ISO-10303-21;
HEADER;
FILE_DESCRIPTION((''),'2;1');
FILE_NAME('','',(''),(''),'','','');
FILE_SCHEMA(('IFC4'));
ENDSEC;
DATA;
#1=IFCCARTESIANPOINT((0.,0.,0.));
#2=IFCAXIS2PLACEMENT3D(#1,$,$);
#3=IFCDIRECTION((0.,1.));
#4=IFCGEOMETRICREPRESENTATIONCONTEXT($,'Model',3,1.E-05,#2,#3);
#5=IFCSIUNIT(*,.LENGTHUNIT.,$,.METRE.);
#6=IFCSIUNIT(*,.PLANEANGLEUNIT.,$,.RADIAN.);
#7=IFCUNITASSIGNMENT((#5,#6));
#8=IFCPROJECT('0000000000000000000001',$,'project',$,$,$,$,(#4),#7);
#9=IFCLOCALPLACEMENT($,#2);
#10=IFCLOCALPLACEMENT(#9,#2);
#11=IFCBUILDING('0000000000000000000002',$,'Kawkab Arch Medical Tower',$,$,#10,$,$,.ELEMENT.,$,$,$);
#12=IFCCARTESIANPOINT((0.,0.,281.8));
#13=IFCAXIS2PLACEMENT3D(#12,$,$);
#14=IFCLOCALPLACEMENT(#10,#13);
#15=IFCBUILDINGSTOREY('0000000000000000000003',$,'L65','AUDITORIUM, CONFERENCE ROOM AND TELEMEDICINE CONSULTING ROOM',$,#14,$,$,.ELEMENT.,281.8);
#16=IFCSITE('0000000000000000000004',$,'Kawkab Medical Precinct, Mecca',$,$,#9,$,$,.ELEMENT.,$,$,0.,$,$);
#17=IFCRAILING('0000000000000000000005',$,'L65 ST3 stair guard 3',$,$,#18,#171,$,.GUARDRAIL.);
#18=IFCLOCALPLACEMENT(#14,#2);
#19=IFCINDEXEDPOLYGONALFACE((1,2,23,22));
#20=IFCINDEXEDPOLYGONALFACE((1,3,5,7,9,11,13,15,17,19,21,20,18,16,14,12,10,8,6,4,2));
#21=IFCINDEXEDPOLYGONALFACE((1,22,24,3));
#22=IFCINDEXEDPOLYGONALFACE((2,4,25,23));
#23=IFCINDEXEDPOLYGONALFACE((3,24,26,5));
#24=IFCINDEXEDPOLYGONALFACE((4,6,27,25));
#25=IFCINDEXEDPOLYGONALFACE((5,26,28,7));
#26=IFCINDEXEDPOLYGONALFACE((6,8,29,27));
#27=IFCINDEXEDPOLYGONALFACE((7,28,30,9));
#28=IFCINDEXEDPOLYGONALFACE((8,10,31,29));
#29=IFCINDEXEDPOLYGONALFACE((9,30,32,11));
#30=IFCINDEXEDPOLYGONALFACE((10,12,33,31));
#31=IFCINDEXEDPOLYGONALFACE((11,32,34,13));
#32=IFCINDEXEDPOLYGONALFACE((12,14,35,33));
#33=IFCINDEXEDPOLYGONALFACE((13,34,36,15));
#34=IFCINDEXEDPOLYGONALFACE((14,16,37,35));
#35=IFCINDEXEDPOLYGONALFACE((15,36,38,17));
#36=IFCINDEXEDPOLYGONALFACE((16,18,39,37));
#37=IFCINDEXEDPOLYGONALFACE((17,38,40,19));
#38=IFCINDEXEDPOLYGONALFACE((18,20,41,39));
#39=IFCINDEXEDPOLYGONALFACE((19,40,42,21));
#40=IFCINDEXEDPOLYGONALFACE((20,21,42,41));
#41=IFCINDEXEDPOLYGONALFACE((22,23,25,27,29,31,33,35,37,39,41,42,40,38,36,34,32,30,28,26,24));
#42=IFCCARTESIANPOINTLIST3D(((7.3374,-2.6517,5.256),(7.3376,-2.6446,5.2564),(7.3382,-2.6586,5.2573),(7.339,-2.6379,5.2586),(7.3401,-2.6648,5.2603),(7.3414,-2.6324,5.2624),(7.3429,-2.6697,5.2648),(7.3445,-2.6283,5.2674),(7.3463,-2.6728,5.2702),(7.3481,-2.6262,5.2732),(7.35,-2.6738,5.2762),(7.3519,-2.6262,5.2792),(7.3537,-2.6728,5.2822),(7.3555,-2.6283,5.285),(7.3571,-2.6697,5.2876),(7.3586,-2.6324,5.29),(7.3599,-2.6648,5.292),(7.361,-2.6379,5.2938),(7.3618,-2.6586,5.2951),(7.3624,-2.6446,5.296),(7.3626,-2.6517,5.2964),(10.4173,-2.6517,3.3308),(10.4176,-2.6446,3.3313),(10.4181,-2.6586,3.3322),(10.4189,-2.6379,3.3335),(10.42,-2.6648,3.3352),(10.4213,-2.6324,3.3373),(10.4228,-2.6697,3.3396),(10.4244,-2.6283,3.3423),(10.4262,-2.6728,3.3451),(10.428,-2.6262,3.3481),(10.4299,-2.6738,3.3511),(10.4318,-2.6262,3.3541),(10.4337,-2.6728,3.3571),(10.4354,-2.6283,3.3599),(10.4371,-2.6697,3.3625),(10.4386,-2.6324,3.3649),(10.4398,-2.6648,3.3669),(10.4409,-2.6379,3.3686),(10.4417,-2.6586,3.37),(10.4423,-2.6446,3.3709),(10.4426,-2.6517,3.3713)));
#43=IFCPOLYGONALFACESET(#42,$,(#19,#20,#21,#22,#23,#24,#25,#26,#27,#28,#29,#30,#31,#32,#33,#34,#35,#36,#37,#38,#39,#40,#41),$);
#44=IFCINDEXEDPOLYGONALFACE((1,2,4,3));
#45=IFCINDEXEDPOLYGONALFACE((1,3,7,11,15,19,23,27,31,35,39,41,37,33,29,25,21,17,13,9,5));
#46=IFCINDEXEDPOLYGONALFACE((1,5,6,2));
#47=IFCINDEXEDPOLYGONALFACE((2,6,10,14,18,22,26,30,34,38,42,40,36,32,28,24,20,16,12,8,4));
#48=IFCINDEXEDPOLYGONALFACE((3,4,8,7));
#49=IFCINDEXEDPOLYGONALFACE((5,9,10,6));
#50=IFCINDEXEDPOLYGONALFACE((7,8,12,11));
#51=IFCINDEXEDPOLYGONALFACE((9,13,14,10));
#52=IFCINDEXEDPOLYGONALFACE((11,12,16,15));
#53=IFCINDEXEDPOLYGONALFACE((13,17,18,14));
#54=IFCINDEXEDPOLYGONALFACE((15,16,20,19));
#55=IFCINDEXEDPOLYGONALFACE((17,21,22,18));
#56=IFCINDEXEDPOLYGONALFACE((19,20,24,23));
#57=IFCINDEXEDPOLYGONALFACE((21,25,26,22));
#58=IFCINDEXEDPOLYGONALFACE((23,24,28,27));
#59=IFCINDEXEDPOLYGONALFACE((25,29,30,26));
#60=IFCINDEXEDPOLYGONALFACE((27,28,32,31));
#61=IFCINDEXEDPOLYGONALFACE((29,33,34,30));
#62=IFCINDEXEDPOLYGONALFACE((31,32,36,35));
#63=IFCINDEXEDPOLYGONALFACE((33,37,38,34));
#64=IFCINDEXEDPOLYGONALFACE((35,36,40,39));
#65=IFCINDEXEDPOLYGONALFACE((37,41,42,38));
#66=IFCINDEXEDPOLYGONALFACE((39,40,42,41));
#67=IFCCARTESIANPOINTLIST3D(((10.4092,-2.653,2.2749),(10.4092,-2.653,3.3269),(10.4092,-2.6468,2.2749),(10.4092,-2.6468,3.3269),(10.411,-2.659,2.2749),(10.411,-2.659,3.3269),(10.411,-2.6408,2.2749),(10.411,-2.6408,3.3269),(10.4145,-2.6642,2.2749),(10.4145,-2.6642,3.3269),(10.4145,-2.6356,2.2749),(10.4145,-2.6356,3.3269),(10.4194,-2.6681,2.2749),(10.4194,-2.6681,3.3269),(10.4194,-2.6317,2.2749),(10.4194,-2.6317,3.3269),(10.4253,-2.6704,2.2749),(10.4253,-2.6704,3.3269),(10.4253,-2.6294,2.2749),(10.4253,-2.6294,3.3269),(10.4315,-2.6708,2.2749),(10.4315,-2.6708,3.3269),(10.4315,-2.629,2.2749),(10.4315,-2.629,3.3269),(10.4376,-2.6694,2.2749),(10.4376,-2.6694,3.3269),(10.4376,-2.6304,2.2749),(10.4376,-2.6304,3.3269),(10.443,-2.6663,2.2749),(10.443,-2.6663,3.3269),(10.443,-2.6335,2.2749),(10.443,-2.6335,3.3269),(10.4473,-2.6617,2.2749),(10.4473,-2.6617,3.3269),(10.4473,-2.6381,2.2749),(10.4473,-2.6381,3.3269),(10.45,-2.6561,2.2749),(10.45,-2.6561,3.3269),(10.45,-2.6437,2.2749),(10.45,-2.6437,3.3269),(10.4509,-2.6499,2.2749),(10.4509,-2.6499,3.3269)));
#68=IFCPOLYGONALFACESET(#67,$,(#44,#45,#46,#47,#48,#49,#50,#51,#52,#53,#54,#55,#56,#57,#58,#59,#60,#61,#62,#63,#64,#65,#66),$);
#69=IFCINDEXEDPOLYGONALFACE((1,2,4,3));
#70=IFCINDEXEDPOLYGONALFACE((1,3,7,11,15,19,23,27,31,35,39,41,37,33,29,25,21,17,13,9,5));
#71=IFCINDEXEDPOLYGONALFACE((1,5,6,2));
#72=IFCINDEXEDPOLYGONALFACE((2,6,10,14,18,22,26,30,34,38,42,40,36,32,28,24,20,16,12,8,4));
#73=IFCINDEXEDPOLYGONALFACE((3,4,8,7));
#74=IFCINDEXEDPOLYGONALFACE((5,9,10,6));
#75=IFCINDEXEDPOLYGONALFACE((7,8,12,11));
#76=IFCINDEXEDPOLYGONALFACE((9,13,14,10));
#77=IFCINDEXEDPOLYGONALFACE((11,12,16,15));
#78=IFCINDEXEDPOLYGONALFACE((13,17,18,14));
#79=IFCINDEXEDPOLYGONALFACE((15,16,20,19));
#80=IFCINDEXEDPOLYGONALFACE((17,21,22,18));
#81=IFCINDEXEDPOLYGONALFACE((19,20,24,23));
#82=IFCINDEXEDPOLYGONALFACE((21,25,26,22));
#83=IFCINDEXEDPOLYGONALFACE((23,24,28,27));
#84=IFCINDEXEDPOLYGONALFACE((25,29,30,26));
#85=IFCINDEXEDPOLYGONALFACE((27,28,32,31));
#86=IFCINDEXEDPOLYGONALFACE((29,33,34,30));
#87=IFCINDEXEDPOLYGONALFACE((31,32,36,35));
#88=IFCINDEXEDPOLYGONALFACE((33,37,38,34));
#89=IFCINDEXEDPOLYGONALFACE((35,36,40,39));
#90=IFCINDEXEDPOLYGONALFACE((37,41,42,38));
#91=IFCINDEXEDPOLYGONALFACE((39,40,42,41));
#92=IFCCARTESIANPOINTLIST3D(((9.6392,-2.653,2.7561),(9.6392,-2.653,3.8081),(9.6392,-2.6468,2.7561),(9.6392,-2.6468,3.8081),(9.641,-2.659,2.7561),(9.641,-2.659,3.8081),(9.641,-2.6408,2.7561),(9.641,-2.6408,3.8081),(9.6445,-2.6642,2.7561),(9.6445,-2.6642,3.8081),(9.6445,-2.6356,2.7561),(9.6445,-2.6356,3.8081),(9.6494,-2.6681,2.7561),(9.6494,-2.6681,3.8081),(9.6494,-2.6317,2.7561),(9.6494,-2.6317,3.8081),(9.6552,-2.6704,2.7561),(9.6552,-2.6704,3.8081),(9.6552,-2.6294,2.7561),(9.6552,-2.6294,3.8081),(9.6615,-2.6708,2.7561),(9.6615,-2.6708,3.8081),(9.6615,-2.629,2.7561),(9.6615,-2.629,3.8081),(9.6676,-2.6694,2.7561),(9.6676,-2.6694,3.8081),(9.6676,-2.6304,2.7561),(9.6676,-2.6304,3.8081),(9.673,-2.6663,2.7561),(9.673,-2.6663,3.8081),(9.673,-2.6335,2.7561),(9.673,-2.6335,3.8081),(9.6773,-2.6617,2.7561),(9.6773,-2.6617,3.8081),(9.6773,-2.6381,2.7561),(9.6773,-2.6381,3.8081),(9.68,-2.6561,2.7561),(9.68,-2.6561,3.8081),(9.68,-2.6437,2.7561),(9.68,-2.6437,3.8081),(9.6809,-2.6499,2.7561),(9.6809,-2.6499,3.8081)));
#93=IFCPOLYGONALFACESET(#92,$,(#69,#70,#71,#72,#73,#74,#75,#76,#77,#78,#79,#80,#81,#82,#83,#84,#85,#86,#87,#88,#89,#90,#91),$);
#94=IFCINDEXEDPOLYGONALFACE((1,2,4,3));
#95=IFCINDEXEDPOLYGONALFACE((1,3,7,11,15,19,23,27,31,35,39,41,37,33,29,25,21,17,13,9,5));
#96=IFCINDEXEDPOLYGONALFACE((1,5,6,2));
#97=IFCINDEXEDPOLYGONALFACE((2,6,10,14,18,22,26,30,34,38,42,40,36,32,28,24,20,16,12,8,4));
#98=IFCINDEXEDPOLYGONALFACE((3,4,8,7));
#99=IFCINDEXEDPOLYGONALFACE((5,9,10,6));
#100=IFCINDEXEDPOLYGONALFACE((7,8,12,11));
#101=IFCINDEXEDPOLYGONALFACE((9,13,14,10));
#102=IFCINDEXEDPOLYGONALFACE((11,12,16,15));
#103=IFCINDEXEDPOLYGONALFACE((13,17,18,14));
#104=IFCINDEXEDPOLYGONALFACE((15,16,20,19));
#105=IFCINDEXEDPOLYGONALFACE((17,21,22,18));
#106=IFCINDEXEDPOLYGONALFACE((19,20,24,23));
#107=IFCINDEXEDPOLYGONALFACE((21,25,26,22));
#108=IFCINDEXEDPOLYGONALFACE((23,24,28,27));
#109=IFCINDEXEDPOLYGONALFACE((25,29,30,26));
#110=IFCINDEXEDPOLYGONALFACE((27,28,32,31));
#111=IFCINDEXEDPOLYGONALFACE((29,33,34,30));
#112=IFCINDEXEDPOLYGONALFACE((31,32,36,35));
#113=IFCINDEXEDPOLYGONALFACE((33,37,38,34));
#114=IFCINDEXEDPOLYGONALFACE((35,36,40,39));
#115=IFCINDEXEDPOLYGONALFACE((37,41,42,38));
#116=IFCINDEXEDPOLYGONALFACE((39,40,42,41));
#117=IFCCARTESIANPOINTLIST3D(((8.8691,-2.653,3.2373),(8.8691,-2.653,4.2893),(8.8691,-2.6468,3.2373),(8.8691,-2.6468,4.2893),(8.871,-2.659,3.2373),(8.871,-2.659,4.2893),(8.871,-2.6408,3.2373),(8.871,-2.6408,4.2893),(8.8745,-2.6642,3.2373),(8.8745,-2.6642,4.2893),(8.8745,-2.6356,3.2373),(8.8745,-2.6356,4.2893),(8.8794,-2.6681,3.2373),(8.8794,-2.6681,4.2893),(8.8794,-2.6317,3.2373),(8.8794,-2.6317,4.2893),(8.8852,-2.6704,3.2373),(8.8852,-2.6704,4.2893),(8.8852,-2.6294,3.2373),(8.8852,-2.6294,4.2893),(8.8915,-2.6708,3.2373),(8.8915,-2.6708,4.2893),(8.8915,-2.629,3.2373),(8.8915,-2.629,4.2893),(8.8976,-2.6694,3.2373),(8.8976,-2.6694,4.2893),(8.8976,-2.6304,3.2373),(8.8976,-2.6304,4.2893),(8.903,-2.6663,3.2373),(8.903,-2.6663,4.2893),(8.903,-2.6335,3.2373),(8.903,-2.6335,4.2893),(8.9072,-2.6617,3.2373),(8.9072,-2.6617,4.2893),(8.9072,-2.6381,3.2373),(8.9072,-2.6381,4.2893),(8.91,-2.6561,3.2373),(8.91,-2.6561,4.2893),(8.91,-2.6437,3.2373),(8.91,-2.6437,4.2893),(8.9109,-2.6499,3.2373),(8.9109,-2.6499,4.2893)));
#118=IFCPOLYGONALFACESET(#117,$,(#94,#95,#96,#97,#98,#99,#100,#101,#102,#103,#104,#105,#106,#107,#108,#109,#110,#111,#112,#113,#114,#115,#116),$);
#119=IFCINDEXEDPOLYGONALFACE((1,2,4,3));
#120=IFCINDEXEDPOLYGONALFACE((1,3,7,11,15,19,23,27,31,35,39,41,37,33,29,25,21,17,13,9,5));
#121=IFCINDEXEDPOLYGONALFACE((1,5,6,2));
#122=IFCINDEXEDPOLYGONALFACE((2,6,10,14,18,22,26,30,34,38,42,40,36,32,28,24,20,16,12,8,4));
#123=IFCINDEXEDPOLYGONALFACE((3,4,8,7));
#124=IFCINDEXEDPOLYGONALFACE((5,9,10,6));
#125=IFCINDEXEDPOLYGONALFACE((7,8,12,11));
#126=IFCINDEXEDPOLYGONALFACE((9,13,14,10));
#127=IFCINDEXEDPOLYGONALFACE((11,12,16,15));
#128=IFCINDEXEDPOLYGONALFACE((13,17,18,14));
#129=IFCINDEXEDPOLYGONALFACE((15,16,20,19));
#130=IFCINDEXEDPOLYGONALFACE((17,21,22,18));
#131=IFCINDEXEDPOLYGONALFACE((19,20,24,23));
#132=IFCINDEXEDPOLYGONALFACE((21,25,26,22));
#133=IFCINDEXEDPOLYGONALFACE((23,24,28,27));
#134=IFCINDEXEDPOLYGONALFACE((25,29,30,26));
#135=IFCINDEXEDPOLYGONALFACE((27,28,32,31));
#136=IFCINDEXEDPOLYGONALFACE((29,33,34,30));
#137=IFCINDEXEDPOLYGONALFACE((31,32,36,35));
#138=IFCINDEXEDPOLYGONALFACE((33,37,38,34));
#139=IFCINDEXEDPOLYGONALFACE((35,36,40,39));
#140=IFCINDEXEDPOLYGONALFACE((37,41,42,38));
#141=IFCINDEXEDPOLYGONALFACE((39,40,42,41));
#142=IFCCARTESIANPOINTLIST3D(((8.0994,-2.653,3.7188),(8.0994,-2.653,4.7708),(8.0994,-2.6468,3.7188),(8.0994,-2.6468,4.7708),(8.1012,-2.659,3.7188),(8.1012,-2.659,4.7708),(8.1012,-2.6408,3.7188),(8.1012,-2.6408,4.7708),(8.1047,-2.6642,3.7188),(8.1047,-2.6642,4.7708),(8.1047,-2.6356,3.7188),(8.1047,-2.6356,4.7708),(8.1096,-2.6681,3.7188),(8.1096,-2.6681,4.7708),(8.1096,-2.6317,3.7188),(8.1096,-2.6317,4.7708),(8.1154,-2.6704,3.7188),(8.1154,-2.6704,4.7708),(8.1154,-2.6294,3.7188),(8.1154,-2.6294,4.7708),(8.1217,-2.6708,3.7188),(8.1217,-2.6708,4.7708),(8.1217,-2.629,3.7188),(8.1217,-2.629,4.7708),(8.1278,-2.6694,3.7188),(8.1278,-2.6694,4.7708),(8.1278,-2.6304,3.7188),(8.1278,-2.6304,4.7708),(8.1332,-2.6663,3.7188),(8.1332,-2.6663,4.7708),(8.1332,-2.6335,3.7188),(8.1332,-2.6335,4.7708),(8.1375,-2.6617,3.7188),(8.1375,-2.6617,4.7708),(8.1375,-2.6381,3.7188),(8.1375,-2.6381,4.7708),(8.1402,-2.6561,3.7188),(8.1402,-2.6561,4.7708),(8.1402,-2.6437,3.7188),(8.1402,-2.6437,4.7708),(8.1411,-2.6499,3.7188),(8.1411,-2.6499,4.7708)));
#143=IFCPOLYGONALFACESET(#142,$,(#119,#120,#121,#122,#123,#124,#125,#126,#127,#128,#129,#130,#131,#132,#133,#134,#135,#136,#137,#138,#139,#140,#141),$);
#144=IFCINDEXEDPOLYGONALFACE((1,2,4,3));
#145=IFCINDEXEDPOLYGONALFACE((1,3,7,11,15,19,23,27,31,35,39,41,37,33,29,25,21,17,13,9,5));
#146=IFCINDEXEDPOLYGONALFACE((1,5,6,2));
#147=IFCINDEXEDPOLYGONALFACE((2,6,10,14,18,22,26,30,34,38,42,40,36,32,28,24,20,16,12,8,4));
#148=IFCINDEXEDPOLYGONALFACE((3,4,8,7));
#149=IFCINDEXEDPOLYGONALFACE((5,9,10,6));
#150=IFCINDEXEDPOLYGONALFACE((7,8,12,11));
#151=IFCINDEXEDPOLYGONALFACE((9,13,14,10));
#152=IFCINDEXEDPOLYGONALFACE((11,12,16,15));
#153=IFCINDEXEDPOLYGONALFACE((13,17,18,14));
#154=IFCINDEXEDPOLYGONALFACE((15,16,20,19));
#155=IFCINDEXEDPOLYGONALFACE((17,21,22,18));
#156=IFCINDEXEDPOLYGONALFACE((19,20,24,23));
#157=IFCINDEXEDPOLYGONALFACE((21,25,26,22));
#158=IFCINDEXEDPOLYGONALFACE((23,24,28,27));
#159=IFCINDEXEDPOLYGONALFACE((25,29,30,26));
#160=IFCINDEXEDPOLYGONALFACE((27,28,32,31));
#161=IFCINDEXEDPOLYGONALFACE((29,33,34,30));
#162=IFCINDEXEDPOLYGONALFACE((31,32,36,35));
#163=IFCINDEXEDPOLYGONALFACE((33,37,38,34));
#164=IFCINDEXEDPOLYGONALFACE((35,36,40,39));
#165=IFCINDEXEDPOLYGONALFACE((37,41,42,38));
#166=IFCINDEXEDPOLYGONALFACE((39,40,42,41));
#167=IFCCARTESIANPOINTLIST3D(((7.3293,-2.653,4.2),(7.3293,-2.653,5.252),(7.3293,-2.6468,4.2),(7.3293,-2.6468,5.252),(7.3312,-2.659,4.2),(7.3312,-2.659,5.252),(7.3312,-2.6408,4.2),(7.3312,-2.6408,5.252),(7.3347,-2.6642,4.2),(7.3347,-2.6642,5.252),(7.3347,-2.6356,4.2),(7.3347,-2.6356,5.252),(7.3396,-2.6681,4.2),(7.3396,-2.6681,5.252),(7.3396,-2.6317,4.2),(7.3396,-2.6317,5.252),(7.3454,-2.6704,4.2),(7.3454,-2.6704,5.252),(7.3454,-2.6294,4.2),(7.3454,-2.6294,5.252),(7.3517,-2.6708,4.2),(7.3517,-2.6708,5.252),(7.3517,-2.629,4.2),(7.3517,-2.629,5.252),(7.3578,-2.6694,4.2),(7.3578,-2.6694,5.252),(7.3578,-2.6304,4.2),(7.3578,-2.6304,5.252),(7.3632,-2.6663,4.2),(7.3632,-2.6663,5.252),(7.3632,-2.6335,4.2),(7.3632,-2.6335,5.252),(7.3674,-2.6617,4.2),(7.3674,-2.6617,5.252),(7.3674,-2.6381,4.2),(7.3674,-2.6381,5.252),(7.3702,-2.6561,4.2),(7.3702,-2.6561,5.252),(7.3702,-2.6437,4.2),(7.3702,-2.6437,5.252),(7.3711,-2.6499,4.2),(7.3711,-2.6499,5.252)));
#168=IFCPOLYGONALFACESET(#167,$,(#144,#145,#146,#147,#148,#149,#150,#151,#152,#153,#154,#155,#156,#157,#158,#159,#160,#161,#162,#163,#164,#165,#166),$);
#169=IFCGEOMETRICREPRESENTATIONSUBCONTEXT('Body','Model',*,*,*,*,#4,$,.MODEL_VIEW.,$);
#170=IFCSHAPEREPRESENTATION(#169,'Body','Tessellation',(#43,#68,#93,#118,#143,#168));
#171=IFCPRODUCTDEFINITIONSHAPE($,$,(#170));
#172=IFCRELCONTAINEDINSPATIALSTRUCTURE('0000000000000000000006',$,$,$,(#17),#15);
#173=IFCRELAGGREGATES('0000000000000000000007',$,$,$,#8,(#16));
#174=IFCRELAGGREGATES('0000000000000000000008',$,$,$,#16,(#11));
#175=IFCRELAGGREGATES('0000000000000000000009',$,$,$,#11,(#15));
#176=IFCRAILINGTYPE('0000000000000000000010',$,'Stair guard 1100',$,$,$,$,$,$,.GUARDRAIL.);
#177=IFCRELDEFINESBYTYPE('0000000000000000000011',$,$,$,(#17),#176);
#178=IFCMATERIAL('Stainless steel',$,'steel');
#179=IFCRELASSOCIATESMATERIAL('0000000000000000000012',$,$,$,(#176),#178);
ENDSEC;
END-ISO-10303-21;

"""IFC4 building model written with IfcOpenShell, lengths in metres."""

from ifc_helpers import new_model, si_unit, direction, frame, origin, origin_2d, place, context, subcontext, project, spatial, circle, extrude, material, type_object, element, save


model = new_model("IFC4")

# Units and contexts
model_context = context("Model", 3, precision=1e-05, world=origin(), true_north=direction((0.0, 1.0)))
body_context = subcontext(model_context, "Body", "Model", "MODEL_VIEW")
ifc_project = project(units=[si_unit("LENGTHUNIT", "METRE"), si_unit("PLANEANGLEUNIT", "RADIAN")], contexts=[model_context])

# Site, building, storey
site_placement = place(None, origin())
site = spatial("IfcSite", under=ifc_project, at=site_placement, Name="Kawkab Medical Precinct, Mecca", CompositionType="ELEMENT", RefElevation=0.0)
building_placement = place(site_placement, origin())
building = spatial("IfcBuilding", under=site, at=building_placement, Name="Kawkab Arch Medical Tower", CompositionType="ELEMENT")
storey_placement = place(building_placement, frame((0.0, 0.0, 281.8)))
storey = spatial("IfcBuildingStorey", under=building, at=storey_placement, Name="L65", Description="AUDITORIUM, CONFERENCE ROOM AND TELEMEDICINE CONSULTING ROOM", CompositionType="ELEMENT", Elevation=281.8)

# Railing
ifc_material_1 = material(Name="Stainless steel", Category="steel")
railing_type_1 = type_object("IfcRailingType", Name="Stair guard 1100", PredefinedType="GUARDRAIL", material=ifc_material_1)
railing_1_placement = place(storey_placement, frame((10.4299, -2.6499, 2.2749)))
element("IfcRailing", 1, at=railing_1_placement, inside=storey, type_object=railing_type_1, Name="L65 ST3 stair guard 3", PredefinedType="GUARDRAIL", context=body_context, shape_type="SweptSolid", body=[
    extrude(circle(Radius=0.0239, at=origin_2d()), frame((0.0, 0.0, 1.0762), z_axis=(-0.847979, 0.0, 0.530029), x_axis=(0.0, -1.0, 0.0)), (0.0, 0.0, 1.0), 3.6321),
    extrude(circle(Radius=0.021, at=origin_2d()), origin(), (0.0, 0.0, 1.0), 1.052),
    extrude(circle(Radius=0.021, at=origin_2d()), frame((-0.77, 0.0, 0.4812)), (0.0, 0.0, 1.0), 1.052),
    extrude(circle(Radius=0.021, at=origin_2d()), frame((-1.54, 0.0, 0.9624)), (0.0, 0.0, 1.0), 1.052),
    extrude(circle(Radius=0.021, at=origin_2d()), frame((-2.3098, 0.0, 1.4438)), (0.0, 0.0, 1.0), 1.052),
    extrude(circle(Radius=0.021, at=origin_2d()), frame((-3.0798, 0.0, 1.925)), (0.0, 0.0, 1.0), 1.052),
])

save(model, "model.ifc")
